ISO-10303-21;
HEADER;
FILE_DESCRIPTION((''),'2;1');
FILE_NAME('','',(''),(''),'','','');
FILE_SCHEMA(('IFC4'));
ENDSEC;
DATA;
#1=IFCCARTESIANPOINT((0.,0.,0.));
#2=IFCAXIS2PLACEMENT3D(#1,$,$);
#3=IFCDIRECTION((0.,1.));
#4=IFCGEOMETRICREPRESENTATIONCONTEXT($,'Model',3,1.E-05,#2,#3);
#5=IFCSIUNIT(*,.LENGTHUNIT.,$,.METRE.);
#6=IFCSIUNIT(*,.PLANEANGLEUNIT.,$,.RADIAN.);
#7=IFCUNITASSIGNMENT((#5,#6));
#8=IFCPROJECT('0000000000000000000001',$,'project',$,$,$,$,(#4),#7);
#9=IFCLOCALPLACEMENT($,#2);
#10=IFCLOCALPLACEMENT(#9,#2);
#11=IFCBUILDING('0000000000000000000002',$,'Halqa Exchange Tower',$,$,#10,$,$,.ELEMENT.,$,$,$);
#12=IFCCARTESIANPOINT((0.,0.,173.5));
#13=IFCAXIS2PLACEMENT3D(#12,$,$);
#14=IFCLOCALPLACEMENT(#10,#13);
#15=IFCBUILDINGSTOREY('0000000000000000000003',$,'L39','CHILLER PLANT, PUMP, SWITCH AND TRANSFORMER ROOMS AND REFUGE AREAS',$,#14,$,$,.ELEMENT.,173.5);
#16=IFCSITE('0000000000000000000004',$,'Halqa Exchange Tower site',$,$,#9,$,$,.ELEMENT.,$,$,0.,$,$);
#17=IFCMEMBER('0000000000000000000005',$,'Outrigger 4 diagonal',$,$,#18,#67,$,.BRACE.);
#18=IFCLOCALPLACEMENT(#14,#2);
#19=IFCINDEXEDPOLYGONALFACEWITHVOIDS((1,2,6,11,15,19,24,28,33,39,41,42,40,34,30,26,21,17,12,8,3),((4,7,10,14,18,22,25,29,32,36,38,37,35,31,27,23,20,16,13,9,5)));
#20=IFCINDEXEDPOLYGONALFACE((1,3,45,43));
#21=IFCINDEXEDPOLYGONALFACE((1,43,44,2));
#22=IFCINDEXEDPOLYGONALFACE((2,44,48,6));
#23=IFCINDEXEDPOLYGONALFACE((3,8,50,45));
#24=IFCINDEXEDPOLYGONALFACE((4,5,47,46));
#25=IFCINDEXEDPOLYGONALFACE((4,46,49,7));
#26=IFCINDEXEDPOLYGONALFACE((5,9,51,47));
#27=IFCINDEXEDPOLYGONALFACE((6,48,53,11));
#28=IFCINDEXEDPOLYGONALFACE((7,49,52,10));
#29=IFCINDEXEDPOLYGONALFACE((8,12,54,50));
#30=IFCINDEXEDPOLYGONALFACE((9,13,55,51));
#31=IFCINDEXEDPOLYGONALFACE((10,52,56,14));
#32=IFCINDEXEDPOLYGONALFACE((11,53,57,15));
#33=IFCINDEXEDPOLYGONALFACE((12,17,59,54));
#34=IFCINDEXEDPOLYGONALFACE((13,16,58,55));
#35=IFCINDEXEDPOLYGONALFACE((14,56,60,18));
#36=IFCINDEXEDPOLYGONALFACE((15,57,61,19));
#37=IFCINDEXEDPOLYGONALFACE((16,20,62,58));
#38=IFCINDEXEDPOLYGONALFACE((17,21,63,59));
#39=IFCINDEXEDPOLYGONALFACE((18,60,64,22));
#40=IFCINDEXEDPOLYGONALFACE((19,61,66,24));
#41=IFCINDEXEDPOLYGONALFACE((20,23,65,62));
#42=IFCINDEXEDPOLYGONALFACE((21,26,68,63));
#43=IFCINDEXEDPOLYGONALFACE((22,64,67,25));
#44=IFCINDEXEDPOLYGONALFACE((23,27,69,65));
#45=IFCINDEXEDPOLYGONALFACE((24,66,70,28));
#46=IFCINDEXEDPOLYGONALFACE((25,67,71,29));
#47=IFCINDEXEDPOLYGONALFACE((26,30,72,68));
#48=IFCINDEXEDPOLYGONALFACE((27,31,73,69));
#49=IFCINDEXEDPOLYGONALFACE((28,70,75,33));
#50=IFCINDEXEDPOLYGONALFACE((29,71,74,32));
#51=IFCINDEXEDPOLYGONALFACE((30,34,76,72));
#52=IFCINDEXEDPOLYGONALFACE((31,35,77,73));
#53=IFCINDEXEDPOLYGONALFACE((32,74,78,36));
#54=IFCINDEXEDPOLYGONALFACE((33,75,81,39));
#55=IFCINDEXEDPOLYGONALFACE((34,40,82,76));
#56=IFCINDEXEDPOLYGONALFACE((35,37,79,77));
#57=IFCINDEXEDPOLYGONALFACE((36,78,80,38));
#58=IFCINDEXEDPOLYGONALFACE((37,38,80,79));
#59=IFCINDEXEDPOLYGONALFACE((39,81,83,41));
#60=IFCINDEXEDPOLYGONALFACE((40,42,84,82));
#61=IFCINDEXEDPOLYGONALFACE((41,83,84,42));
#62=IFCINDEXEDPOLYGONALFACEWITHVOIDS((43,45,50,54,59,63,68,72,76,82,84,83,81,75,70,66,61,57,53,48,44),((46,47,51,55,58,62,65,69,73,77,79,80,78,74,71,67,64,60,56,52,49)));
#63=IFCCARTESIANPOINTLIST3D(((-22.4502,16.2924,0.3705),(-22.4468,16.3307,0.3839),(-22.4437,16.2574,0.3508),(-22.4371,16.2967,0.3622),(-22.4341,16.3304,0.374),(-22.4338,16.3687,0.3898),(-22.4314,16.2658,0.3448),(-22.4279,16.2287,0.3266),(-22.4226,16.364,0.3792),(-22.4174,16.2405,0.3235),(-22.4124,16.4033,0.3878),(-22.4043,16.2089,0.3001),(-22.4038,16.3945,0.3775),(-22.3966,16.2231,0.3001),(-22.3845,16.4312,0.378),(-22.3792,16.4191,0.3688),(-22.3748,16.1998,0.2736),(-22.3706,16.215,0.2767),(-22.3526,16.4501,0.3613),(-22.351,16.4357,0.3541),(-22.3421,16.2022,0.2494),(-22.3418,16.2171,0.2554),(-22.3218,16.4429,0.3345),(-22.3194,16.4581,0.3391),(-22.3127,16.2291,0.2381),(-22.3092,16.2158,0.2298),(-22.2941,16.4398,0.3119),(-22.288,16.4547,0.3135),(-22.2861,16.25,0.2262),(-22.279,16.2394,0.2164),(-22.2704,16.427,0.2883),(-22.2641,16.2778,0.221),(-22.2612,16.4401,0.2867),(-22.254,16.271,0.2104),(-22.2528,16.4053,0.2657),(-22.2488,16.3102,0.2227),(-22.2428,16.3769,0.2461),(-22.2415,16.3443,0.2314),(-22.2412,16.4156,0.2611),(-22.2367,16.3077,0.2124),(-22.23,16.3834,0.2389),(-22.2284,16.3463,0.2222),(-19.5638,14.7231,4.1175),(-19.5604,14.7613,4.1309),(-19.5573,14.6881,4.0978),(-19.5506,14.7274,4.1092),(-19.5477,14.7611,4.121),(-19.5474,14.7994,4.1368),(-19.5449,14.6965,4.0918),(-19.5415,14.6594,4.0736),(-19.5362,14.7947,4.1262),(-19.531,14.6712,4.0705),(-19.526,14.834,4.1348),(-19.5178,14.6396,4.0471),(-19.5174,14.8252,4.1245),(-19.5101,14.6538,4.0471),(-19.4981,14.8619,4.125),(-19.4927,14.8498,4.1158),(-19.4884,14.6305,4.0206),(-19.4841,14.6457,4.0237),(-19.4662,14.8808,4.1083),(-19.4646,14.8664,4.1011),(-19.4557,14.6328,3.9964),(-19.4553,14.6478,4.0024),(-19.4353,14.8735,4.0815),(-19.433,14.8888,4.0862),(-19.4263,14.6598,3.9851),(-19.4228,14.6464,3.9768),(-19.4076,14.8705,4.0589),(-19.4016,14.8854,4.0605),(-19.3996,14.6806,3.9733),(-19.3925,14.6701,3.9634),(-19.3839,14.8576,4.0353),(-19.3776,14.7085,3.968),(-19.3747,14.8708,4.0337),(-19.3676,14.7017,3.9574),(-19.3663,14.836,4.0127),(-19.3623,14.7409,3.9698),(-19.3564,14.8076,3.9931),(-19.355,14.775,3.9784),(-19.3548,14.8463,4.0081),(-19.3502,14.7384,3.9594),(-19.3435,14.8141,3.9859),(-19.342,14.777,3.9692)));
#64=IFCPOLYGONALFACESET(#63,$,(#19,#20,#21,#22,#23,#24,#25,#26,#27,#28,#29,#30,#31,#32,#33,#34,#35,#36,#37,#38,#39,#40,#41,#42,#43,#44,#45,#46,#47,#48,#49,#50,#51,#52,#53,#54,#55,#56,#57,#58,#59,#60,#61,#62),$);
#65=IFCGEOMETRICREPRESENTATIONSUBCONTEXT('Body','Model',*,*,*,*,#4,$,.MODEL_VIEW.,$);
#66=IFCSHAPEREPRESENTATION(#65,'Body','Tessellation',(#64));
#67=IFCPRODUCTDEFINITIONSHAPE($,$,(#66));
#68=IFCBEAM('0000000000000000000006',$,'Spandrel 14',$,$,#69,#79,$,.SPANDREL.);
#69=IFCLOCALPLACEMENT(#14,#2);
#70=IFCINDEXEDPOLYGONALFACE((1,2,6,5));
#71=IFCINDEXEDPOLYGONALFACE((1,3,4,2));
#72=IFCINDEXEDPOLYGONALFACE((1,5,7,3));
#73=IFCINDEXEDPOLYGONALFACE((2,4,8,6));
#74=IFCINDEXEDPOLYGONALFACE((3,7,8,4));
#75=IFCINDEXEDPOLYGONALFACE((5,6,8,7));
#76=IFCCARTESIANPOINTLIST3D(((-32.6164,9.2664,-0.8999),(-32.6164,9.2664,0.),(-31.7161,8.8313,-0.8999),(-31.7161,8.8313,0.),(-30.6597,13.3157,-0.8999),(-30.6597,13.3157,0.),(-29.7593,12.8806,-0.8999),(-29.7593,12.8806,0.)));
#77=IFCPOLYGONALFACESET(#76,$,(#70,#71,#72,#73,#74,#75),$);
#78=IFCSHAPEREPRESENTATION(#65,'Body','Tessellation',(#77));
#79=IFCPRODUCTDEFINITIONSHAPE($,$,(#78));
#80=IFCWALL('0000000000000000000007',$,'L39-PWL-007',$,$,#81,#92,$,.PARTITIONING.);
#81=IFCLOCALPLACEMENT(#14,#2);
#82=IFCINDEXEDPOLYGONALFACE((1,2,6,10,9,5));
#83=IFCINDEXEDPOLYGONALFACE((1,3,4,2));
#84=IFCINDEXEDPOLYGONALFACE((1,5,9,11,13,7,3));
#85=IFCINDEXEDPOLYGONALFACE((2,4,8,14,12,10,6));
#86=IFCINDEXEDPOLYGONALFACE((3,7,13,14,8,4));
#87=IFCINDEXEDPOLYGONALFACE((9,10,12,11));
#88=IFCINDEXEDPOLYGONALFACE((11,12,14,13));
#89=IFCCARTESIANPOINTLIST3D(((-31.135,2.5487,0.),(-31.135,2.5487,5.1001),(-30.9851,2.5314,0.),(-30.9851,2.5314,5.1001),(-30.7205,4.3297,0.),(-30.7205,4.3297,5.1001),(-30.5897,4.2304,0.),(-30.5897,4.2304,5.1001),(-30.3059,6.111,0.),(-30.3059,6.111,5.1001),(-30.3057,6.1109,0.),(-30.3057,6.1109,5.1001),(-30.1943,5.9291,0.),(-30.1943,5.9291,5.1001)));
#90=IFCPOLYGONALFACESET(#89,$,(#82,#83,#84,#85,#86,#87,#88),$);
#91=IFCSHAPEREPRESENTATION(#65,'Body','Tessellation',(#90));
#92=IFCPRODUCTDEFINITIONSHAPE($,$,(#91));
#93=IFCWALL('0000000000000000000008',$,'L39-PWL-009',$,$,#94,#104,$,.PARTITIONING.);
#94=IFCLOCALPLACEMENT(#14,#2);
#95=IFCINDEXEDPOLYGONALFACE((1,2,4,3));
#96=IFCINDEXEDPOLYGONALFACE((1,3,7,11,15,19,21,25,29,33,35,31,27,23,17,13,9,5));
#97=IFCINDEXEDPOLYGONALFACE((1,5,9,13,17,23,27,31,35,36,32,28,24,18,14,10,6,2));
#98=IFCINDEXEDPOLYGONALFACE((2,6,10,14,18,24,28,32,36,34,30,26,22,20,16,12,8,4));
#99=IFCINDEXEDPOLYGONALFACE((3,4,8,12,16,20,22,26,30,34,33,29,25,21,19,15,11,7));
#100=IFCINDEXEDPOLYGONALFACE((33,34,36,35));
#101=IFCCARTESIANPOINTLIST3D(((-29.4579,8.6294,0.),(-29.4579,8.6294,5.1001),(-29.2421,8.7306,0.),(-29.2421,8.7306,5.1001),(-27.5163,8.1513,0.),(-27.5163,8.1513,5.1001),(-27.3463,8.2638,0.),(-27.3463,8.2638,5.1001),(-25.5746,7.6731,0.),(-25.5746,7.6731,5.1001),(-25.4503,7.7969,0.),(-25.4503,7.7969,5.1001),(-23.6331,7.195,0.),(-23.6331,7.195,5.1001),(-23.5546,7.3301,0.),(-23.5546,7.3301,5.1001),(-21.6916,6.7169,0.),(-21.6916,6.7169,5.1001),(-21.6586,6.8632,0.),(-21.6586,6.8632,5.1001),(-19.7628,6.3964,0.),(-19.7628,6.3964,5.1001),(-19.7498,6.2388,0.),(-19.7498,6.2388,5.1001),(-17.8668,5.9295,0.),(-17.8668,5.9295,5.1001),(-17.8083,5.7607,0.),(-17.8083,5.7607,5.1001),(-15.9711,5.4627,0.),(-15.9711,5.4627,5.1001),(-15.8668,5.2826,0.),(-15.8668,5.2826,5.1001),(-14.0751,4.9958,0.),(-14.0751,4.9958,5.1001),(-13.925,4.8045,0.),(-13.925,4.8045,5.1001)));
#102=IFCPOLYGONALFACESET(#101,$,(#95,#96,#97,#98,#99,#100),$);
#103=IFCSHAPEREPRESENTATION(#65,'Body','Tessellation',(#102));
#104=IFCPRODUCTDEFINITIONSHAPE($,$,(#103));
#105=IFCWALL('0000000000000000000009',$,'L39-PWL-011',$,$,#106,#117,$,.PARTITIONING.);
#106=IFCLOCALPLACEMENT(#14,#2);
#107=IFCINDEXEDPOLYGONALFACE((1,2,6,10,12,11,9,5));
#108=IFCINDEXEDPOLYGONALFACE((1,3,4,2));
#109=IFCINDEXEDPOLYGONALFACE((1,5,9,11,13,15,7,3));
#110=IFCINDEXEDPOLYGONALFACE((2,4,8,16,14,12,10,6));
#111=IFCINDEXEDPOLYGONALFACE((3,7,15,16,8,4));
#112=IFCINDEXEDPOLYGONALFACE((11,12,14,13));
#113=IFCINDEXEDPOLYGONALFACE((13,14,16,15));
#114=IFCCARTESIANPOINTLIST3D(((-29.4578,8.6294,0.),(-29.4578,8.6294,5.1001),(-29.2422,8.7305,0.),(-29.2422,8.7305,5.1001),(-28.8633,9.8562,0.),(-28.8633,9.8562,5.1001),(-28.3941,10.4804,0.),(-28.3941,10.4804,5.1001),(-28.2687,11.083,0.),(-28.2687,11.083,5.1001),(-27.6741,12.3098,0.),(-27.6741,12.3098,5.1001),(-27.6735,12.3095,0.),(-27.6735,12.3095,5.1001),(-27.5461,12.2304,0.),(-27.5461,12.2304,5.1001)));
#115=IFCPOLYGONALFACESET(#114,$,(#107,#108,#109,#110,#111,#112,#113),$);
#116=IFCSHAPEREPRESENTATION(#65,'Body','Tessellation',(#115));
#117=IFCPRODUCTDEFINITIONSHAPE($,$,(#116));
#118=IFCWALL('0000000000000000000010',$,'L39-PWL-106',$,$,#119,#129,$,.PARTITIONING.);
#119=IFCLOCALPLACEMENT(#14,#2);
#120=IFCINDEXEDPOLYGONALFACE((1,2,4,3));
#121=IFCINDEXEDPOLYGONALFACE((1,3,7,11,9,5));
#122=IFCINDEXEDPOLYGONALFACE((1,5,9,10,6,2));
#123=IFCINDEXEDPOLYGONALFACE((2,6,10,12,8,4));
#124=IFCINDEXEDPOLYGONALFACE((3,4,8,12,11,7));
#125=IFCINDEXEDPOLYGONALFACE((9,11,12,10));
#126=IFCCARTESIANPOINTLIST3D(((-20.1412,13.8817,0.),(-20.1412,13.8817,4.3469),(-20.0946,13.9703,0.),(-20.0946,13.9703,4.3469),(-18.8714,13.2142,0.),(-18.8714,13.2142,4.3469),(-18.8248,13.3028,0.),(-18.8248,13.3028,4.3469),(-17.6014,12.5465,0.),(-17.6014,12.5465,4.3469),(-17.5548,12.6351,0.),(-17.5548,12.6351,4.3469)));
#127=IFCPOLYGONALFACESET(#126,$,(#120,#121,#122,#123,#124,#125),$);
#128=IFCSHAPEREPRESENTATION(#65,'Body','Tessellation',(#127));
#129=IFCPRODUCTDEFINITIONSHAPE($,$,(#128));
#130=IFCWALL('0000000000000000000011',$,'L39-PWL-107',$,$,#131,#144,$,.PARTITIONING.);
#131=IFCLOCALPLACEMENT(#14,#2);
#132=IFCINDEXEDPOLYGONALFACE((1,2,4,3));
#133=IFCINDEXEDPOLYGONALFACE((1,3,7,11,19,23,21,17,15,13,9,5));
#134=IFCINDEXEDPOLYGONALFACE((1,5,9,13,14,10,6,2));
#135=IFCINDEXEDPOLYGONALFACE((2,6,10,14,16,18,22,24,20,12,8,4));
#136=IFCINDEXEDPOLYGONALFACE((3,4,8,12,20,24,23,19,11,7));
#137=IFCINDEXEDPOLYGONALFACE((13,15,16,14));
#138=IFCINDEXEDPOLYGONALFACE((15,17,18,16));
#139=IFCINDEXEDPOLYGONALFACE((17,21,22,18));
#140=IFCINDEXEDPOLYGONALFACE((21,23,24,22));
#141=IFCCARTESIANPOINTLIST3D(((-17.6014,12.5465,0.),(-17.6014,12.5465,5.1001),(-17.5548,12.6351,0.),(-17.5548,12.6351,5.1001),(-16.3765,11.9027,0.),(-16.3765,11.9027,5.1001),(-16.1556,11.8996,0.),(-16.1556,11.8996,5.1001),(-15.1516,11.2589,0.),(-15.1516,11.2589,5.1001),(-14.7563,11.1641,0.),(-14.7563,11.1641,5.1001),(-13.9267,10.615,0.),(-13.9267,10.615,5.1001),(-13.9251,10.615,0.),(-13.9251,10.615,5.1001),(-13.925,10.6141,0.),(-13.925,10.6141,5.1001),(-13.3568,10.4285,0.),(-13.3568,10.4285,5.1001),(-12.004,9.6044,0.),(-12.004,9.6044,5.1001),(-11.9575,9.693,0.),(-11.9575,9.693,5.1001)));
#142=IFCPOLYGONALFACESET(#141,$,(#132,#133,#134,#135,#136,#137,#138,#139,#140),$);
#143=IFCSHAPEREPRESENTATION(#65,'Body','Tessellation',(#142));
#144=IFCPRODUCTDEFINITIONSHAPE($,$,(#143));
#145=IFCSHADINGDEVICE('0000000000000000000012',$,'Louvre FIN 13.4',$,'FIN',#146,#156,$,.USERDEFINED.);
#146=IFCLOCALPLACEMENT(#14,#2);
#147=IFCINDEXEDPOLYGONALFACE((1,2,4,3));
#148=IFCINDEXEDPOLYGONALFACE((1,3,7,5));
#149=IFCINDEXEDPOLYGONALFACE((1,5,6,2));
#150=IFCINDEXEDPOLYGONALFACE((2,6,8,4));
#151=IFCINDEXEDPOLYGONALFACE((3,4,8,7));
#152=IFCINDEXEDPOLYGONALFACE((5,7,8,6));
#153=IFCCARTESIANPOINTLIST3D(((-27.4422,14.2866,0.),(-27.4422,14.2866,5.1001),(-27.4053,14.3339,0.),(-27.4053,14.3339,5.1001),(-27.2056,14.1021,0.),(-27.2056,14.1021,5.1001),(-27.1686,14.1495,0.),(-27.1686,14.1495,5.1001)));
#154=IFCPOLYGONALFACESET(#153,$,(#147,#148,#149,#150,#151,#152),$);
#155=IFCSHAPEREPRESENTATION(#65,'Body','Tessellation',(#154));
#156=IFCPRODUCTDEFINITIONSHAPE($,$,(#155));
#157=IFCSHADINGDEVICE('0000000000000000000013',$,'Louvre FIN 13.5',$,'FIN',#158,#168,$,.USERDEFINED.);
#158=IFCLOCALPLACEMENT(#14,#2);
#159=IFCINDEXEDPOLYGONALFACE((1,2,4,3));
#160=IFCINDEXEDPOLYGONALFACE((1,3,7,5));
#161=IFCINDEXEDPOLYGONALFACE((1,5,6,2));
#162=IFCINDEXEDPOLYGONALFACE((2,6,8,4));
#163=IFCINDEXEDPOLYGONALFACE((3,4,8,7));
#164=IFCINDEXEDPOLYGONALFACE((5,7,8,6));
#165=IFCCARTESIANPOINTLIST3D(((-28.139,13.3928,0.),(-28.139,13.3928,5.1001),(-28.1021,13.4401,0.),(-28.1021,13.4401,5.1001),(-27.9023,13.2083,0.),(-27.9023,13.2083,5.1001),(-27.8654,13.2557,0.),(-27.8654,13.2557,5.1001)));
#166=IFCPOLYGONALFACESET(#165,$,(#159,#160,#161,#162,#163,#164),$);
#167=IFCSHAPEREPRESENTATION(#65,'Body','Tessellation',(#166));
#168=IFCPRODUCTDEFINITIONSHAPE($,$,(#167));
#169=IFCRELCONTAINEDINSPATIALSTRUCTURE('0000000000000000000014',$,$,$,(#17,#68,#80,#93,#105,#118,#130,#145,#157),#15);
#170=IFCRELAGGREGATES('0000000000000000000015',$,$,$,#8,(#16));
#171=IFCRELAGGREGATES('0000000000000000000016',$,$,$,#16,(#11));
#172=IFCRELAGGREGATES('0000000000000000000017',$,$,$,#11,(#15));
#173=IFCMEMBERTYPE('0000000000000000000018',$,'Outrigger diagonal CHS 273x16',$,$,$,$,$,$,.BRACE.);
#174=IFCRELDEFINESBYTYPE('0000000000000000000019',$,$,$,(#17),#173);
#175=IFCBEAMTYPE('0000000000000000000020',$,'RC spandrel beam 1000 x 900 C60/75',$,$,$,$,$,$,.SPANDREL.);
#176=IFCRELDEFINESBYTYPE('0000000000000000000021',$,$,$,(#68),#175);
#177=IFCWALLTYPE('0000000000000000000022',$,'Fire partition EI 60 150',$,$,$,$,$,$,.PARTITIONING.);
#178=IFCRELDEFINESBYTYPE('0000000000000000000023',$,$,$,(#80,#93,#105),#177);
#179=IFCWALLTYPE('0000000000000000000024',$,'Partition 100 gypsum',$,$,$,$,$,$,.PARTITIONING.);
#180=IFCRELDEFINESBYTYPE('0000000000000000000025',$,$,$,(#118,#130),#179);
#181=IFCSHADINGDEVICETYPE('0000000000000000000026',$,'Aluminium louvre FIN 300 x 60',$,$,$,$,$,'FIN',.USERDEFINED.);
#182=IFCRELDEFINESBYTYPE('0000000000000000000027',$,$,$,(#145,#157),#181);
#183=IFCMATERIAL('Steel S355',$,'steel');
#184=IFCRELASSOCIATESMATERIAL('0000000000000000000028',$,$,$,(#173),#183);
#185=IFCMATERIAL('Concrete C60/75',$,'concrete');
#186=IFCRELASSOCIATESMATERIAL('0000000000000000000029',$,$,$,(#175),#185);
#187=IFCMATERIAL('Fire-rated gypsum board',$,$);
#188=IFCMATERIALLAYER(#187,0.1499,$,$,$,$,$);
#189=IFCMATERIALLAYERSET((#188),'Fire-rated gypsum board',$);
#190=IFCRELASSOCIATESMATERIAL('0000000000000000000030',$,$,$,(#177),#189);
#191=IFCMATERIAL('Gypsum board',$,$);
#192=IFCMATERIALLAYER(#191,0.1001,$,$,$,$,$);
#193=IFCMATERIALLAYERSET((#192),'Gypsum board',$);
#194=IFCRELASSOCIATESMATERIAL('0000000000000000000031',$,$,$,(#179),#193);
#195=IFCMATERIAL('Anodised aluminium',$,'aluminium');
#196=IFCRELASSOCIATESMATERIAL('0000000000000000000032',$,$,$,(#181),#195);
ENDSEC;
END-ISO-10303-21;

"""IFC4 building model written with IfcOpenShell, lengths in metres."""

from ifc_helpers import new_model, si_unit, direction, frame, origin, origin_2d, place, context, subcontext, project, spatial, polyline, rectangle, hollow_circle, outline, extrude, material, layer, layer_set, material_profile, profile_set, type_object, element, save


model = new_model("IFC4")

# Units and contexts
model_context = context("Model", 3, precision=1e-05, world=origin(), true_north=direction((0.0, 1.0)))
body_context = subcontext(model_context, "Body", "Model", "MODEL_VIEW")
ifc_project = project(units=[si_unit("LENGTHUNIT", "METRE"), si_unit("PLANEANGLEUNIT", "RADIAN")], contexts=[model_context])

# Site, building, storey
site_placement = place(None, origin())
site = spatial("IfcSite", under=ifc_project, at=site_placement, Name="Halqa Exchange Tower site", CompositionType="ELEMENT", RefElevation=0.0)
building_placement = place(site_placement, origin())
building = spatial("IfcBuilding", under=site, at=building_placement, Name="Halqa Exchange Tower", CompositionType="ELEMENT")
storey_placement = place(building_placement, frame((0.0, 0.0, 173.5)))
storey = spatial("IfcBuildingStorey", under=building, at=storey_placement, Name="L39", Description="CHILLER PLANT, PUMP, SWITCH AND TRANSFORMER ROOMS AND REFUGE AREAS", CompositionType="ELEMENT", Elevation=173.5)

# Member
ifc_material_1 = material(Name="Steel S355", Category="steel")
ifc_material_profile_1 = material_profile(ifc_material_1, hollow_circle(Radius=0.1365, WallThickness=0.0161, at=origin_2d()), Name="CHS 273x16")
ifc_profile_set_1 = profile_set([ifc_material_profile_1], Name="Steel S355")
member_type_1 = type_object("IfcMemberType", Name="Outrigger diagonal CHS 273x16", PredefinedType="BRACE", material=ifc_profile_set_1)
member_1_placement = place(storey_placement, frame((-19.4526, 14.7595, 4.0471), z_axis=(-0.579208, 0.314908, -0.751898), x_axis=(-0.477654, -0.878548, 0.0)))
element("IfcMember", 1, at=member_1_placement, inside=storey, type_object=member_type_1, Name="Outrigger 4 diagonal", PredefinedType="BRACE", context=body_context, shape_type="SweptSolid", body=[
    extrude(hollow_circle(Radius=0.1365, WallThickness=0.0161, at=origin_2d()), origin(), (0.0, 0.0, 1.0), 4.9834),
])

# Beam
ifc_material_2 = material(Name="Concrete C60/75", Category="concrete")
ifc_material_profile_2 = material_profile(ifc_material_2, rectangle(XDim=1.0, YDim=0.8999, at=origin_2d()), Name="1000 x 900")
ifc_profile_set_2 = profile_set([ifc_material_profile_2], Name="Concrete C60/75")
beam_type = type_object("IfcBeamType", Name="RC spandrel beam 1000 x 900 C60/75", PredefinedType="SPANDREL", material=ifc_profile_set_2)
beam_placement = place(storey_placement, frame((-30.2095, 13.0981, -0.45), z_axis=(-0.4351, -0.900382, 0.0), x_axis=(0.900382, -0.4351, 0.0)))
element("IfcBeam", 2, at=beam_placement, inside=storey, type_object=beam_type, Name="Spandrel 14", PredefinedType="SPANDREL", context=body_context, shape_type="SweptSolid", body=[
    extrude(rectangle(XDim=1.0, YDim=0.8999, at=origin_2d()), origin(), (0.0, 0.0, 1.0), 4.4973),
])

# Walls
ifc_material_3 = material(Name="Fire-rated gypsum board")
ifc_layer_1 = layer(ifc_material_3, 0.1499)
ifc_layer_set_1 = layer_set([ifc_layer_1], Name="Fire-rated gypsum board")
wall_type_1 = type_object("IfcWallType", Name="Fire partition EI 60 150", PredefinedType="PARTITIONING", material=ifc_layer_set_1)
wall_1_placement = place(storey_placement, frame((-30.2329, 6.094, 0.0), z_axis=(0.0, 0.0, 1.0), x_axis=(-0.226673, -0.973971, 0.0)))
element("IfcWall", 3, at=wall_1_placement, inside=storey, type_object=wall_type_1, Name="L39-PWL-007", PredefinedType="PARTITIONING", context=body_context, shape_type="SweptSolid", body=[
    extrude(outline(polyline([(0.0, -0.075), (1.8289, -0.075), (3.6575, -0.075), (3.6404, 0.075), (1.896, 0.075), (0.1519, 0.075), (0.0, -0.0747), (0.0, -0.075)])), origin(), (0.0, 0.0, 1.0), 5.1001),
])
wall_2_placement = place(storey_placement, frame((-29.4399, 8.7021, 0.0), z_axis=(0.0, 0.0, 1.0), x_axis=(0.970994, -0.239105, 0.0)))
element("IfcWall", 4, at=wall_2_placement, inside=storey, type_object=wall_type_1, Name="L39-PWL-009", PredefinedType="PARTITIONING", context=body_context, shape_type="SweptSolid", body=[
    extrude(outline(polyline([(0.0, -0.075), (1.9995, -0.075), (3.9993, -0.075), (5.9988, -0.075), (7.9983, -0.075), (9.998, -0.075), (11.9976, -0.075), (13.9971, -0.075), (15.9968, -0.075), (15.8054, 0.075), (13.8528, 0.075), (11.9004, 0.075), (9.9478, 0.075), (7.9954, 0.075), (6.0427, 0.075), (4.0903, 0.075), (2.1377, 0.075), (0.1853, 0.075), (0.0, -0.075)])), origin(), (0.0, 0.0, 1.0), 5.1001),
])
wall_3_placement = place(storey_placement, frame((-27.6067, 12.2771, 0.0), z_axis=(0.0, 0.0, 1.0), x_axis=(-0.436124, -0.899887, 0.0)))
element("IfcWall", 5, at=wall_3_placement, inside=storey, type_object=wall_type_1, Name="L39-PWL-011", PredefinedType="PARTITIONING", context=body_context, shape_type="SweptSolid", body=[
    extrude(outline(polyline([(4.0898, -0.075), (4.0898, -0.075), (3.9048, 0.075), (1.9602, 0.075), (0.0156, 0.075), (0.0, -0.0742), (0.0, -0.075), (1.3633, -0.075), (2.7266, -0.075), (4.0898, -0.075)])), origin(), (0.0, 0.0, 1.0), 5.1001),
])
ifc_material_4 = material(Name="Gypsum board")
ifc_layer_2 = layer(ifc_material_4, 0.1001)
ifc_layer_set_2 = layer_set([ifc_layer_2], Name="Gypsum board")
wall_type_2 = type_object("IfcWallType", Name="Partition 100 gypsum", PredefinedType="PARTITIONING", material=ifc_layer_set_2)
wall_4_placement = place(storey_placement, frame((-20.1179, 13.926, 0.0), z_axis=(0.0, 0.0, 1.0), x_axis=(0.885138, -0.465329, 0.0)))
element("IfcWall", 6, at=wall_4_placement, inside=storey, type_object=wall_type_2, Name="L39-PWL-106", PredefinedType="PARTITIONING", context=body_context, shape_type="SweptSolid", body=[
    extrude(outline(polyline([(0.0, 0.05), (0.0, -0.05), (1.4346, -0.05), (2.8694, -0.05), (2.8694, 0.05), (1.4346, 0.05), (0.0, 0.05)])), origin(), (0.0, 0.0, 1.0), 4.3469),
])
wall_5_placement = place(storey_placement, frame((-17.5781, 12.5908, 0.0), z_axis=(0.0, 0.0, 1.0), x_axis=(0.88517, -0.465267, 0.0)))
element("IfcWall", 7, at=wall_5_placement, inside=storey, type_object=wall_type_2, Name="L39-PWL-107", PredefinedType="PARTITIONING", context=body_context, shape_type="SweptSolid", body=[
    extrude(outline(polyline([(0.0, -0.05), (1.3838, -0.05), (2.7676, -0.05), (4.1514, -0.05), (4.1528, -0.0493), (4.1533, -0.05), (6.3235, -0.05), (6.3235, 0.05), (4.7427, 0.05), (3.1616, 0.05), (1.5808, 0.05), (0.0, 0.05), (0.0, -0.05)])), origin(), (0.0, 0.0, 1.0), 5.1001),
])

# Shading devices
ifc_material_5 = material(Name="Anodised aluminium", Category="aluminium")
ifc_material_profile_3 = material_profile(ifc_material_5, rectangle(XDim=0.3, YDim=0.0601, at=origin_2d()), Name="AL FIN 300x60")
ifc_profile_set_3 = profile_set([ifc_material_profile_3], Name="Anodised aluminium")
shading_device_type = type_object("IfcShadingDeviceType", Name="Aluminium louvre FIN 300 x 60", ElementType="FIN", PredefinedType="USERDEFINED", material=ifc_profile_set_3)
for number, where, z_axis, x_axis, name in (
    (8, (-27.3054, 14.218, 0.0), (0.0, 0.0, 1.0), (0.788686, -0.614796, 0.0), "Louvre FIN 13.4"),
    (9, (-28.0022, 13.3242, 0.0), (0.0, 0.0, 1.0), (0.788686, -0.614796, 0.0), "Louvre FIN 13.5"),
):
    element("IfcShadingDevice", number, at=place(storey_placement, frame(where, z_axis=z_axis, x_axis=x_axis)), inside=storey, type_object=shading_device_type, Name=name, ObjectType="FIN", PredefinedType="USERDEFINED", context=body_context, shape_type="SweptSolid", body=[
        extrude(rectangle(XDim=0.3, YDim=0.0601, at=origin_2d()), origin(), (0.0, 0.0, 1.0), 5.1001),
    ])

save(model, "model.ifc")
